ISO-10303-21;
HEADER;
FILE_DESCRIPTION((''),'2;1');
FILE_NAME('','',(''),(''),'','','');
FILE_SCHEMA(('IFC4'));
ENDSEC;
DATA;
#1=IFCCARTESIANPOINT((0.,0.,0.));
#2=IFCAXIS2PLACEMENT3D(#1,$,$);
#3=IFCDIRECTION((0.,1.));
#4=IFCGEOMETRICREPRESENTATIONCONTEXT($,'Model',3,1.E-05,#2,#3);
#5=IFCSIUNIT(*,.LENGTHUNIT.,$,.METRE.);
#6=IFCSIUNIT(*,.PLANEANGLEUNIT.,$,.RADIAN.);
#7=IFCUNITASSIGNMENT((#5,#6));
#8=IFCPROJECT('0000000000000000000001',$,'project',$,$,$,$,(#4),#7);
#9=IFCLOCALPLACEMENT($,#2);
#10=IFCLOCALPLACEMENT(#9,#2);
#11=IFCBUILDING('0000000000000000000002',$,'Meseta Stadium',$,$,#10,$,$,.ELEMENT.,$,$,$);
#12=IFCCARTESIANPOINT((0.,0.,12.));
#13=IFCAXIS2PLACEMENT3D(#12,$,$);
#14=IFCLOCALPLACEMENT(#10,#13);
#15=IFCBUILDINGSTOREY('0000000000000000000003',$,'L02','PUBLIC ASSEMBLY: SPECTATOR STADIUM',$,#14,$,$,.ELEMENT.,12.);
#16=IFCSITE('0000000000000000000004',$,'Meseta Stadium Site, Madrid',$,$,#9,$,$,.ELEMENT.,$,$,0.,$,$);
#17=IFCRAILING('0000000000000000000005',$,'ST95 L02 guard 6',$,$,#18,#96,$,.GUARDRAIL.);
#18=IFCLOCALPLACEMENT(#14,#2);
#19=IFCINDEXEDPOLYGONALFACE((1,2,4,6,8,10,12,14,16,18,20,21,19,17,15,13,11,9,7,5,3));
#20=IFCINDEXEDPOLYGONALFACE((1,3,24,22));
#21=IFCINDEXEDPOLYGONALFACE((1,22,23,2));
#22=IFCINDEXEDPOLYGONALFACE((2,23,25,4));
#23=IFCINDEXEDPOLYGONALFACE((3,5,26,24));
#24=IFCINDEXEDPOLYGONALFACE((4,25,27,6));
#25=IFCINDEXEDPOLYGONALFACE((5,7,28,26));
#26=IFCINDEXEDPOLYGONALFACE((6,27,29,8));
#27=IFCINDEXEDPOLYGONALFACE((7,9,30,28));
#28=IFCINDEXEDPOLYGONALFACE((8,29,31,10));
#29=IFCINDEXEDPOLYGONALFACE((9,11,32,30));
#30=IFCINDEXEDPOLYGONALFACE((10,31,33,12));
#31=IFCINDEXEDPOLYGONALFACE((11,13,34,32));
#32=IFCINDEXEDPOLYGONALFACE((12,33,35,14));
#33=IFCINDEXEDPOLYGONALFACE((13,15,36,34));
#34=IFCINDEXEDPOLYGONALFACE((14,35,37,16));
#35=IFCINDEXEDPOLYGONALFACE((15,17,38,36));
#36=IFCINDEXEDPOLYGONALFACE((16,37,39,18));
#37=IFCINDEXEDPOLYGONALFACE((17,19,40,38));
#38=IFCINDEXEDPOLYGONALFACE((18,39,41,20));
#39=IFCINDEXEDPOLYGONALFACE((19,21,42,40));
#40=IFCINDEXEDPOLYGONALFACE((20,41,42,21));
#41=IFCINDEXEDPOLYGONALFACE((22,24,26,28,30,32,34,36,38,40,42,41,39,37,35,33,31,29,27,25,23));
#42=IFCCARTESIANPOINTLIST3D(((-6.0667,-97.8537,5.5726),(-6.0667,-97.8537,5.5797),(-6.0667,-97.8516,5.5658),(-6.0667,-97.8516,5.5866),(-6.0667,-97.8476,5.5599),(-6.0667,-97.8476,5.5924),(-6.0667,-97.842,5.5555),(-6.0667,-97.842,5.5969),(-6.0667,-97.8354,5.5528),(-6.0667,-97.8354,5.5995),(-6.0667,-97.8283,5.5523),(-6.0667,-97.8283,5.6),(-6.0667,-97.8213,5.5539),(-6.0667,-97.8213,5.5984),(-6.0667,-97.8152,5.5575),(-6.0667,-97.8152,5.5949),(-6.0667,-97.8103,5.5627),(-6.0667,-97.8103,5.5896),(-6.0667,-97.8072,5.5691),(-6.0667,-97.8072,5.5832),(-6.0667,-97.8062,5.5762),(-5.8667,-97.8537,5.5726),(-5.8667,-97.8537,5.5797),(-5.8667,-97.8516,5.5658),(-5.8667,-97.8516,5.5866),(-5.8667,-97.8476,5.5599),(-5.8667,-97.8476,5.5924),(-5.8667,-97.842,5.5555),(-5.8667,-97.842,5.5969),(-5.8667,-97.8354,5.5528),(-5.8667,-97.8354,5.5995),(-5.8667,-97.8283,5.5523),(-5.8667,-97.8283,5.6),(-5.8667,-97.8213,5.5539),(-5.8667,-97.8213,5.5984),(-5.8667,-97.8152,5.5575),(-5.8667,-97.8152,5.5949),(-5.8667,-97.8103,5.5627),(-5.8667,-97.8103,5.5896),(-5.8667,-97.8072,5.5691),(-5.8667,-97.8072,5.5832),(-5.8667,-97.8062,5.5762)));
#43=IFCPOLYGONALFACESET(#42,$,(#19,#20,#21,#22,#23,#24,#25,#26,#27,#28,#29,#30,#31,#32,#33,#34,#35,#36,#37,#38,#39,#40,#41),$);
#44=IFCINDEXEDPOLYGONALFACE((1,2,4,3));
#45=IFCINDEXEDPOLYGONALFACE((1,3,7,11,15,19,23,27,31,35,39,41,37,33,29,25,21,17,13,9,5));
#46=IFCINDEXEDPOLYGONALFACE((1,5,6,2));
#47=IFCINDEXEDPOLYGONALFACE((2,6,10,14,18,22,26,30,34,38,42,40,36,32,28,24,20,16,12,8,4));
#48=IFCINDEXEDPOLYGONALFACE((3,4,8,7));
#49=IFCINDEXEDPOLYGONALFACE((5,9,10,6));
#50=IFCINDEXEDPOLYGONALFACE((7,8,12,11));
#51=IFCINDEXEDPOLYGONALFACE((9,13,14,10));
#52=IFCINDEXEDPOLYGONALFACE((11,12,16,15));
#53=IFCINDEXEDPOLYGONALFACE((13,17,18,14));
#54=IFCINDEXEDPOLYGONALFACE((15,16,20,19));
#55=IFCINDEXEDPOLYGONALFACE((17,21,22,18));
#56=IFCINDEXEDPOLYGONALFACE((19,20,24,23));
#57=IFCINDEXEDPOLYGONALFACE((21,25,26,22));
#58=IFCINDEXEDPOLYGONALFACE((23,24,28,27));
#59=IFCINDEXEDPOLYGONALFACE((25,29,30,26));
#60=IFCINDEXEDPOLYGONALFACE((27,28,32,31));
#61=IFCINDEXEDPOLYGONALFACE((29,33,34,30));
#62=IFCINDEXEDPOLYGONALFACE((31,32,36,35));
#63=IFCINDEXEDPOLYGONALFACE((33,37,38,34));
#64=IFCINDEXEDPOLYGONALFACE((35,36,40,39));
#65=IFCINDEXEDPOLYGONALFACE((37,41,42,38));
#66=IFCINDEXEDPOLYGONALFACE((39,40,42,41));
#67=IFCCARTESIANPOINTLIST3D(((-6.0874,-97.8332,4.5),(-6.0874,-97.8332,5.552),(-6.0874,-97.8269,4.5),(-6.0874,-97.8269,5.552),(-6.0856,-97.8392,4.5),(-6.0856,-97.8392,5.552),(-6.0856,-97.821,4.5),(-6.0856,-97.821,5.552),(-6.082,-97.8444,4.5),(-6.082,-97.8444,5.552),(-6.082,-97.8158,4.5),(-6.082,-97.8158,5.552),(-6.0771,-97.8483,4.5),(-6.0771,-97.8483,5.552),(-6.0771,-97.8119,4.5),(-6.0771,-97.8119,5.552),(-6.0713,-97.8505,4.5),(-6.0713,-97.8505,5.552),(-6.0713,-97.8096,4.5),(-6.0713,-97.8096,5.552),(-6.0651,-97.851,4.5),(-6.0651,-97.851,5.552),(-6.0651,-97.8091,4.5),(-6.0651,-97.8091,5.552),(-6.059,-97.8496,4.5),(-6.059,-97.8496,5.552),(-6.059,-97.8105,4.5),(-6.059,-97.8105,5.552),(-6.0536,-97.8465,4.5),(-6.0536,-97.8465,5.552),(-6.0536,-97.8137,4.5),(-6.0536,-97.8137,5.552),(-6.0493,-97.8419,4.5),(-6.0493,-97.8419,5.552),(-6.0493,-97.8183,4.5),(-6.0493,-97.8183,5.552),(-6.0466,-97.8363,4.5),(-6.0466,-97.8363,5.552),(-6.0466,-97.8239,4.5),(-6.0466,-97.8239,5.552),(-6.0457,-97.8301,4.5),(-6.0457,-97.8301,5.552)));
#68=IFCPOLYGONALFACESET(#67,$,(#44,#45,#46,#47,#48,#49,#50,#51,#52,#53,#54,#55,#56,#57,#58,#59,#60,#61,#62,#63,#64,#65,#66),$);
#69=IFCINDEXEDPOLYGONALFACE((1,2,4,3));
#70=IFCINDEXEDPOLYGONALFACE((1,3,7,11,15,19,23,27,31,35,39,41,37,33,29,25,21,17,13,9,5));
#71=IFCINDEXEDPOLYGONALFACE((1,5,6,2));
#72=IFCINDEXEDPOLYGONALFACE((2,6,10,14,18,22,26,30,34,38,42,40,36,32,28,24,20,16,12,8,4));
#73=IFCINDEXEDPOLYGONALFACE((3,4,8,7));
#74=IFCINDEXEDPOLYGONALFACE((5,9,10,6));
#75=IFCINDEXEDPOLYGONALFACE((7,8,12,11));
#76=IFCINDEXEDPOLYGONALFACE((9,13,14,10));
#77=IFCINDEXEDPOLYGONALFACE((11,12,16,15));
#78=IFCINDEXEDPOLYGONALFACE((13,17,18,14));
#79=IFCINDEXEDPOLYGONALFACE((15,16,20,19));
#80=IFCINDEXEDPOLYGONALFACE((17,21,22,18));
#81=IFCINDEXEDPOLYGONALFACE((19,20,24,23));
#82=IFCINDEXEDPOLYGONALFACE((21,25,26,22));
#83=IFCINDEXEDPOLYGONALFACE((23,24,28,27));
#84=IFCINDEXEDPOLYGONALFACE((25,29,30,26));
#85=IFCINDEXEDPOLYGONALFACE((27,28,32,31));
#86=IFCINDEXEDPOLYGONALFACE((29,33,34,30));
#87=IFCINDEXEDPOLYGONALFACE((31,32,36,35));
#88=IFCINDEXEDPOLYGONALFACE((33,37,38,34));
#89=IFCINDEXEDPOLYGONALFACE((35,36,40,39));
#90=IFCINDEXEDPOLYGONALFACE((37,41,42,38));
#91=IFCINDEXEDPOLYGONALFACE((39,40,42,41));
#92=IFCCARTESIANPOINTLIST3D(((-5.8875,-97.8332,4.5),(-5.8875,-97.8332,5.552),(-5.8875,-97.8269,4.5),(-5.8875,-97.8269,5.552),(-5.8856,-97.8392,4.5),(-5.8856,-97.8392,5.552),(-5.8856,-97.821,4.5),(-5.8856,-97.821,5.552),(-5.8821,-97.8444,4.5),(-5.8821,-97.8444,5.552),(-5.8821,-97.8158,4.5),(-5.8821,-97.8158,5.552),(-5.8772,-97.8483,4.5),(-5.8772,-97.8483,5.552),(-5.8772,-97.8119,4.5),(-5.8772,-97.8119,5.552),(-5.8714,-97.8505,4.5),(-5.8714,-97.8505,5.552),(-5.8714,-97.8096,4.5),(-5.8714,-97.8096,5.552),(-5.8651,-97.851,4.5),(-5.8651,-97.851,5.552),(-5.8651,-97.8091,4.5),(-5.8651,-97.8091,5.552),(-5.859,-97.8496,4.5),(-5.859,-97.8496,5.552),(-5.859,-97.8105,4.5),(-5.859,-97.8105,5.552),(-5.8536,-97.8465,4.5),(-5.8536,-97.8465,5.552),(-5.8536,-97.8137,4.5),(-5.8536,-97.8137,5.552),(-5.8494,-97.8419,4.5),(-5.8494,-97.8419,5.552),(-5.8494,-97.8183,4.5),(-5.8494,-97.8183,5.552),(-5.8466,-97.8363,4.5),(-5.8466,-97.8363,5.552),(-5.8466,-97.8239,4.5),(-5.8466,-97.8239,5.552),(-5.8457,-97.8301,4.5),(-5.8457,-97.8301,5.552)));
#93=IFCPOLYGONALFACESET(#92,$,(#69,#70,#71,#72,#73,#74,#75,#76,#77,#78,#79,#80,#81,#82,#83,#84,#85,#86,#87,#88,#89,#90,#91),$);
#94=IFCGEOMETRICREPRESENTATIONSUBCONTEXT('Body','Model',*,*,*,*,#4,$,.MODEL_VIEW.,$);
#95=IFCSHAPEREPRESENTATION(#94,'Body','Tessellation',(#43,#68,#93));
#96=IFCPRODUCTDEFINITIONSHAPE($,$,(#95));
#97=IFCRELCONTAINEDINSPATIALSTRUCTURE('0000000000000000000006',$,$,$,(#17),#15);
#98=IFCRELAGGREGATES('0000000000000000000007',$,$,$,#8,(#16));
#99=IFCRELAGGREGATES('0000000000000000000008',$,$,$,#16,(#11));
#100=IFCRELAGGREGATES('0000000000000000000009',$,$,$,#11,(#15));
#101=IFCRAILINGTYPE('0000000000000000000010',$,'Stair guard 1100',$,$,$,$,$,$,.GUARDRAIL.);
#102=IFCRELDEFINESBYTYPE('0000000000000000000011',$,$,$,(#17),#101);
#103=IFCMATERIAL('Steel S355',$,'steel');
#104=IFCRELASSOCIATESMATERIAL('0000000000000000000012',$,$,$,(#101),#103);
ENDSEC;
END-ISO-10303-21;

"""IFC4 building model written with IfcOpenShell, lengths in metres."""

from ifc_helpers import new_model, si_unit, direction, frame, origin, origin_2d, place, context, subcontext, project, spatial, circle, extrude, material, type_object, element, save


model = new_model("IFC4")

# Units and contexts
model_context = context("Model", 3, precision=1e-05, world=origin(), true_north=direction((0.0, 1.0)))
body_context = subcontext(model_context, "Body", "Model", "MODEL_VIEW")
ifc_project = project(units=[si_unit("LENGTHUNIT", "METRE"), si_unit("PLANEANGLEUNIT", "RADIAN")], contexts=[model_context])

# Site, building, storey
site_placement = place(None, origin())
site = spatial("IfcSite", under=ifc_project, at=site_placement, Name="Meseta Stadium Site, Madrid", CompositionType="ELEMENT", RefElevation=0.0)
building_placement = place(site_placement, origin())
building = spatial("IfcBuilding", under=site, at=building_placement, Name="Meseta Stadium", CompositionType="ELEMENT")
storey_placement = place(building_placement, frame((0.0, 0.0, 12.0)))
storey = spatial("IfcBuildingStorey", under=building, at=storey_placement, Name="L02", Description="PUBLIC ASSEMBLY: SPECTATOR STADIUM", CompositionType="ELEMENT", Elevation=12.0)

# Railing
ifc_material_1 = material(Name="Steel S355", Category="steel")
railing_type_1 = type_object("IfcRailingType", Name="Stair guard 1100", PredefinedType="GUARDRAIL", material=ifc_material_1)
railing_1_placement = place(storey_placement, frame((-6.0667, -97.8301, 4.5)))
element("IfcRailing", 1, at=railing_1_placement, inside=storey, type_object=railing_type_1, Name="ST95 L02 guard 6", PredefinedType="GUARDRAIL", context=body_context, shape_type="SweptSolid", body=[
    extrude(circle(Radius=0.0239, at=origin_2d()), frame((0.0, 0.0, 1.0762), z_axis=(1.0, 0.0, 0.0), x_axis=(0.0, 1.0, 0.0)), (0.0, 0.0, 1.0), 0.2),
    extrude(circle(Radius=0.021, at=origin_2d()), origin(), (0.0, 0.0, 1.0), 1.052),
    extrude(circle(Radius=0.021, at=origin_2d()), frame((0.2, 0.0, 0.0)), (0.0, 0.0, 1.0), 1.052),
])

save(model, "model.ifc")
